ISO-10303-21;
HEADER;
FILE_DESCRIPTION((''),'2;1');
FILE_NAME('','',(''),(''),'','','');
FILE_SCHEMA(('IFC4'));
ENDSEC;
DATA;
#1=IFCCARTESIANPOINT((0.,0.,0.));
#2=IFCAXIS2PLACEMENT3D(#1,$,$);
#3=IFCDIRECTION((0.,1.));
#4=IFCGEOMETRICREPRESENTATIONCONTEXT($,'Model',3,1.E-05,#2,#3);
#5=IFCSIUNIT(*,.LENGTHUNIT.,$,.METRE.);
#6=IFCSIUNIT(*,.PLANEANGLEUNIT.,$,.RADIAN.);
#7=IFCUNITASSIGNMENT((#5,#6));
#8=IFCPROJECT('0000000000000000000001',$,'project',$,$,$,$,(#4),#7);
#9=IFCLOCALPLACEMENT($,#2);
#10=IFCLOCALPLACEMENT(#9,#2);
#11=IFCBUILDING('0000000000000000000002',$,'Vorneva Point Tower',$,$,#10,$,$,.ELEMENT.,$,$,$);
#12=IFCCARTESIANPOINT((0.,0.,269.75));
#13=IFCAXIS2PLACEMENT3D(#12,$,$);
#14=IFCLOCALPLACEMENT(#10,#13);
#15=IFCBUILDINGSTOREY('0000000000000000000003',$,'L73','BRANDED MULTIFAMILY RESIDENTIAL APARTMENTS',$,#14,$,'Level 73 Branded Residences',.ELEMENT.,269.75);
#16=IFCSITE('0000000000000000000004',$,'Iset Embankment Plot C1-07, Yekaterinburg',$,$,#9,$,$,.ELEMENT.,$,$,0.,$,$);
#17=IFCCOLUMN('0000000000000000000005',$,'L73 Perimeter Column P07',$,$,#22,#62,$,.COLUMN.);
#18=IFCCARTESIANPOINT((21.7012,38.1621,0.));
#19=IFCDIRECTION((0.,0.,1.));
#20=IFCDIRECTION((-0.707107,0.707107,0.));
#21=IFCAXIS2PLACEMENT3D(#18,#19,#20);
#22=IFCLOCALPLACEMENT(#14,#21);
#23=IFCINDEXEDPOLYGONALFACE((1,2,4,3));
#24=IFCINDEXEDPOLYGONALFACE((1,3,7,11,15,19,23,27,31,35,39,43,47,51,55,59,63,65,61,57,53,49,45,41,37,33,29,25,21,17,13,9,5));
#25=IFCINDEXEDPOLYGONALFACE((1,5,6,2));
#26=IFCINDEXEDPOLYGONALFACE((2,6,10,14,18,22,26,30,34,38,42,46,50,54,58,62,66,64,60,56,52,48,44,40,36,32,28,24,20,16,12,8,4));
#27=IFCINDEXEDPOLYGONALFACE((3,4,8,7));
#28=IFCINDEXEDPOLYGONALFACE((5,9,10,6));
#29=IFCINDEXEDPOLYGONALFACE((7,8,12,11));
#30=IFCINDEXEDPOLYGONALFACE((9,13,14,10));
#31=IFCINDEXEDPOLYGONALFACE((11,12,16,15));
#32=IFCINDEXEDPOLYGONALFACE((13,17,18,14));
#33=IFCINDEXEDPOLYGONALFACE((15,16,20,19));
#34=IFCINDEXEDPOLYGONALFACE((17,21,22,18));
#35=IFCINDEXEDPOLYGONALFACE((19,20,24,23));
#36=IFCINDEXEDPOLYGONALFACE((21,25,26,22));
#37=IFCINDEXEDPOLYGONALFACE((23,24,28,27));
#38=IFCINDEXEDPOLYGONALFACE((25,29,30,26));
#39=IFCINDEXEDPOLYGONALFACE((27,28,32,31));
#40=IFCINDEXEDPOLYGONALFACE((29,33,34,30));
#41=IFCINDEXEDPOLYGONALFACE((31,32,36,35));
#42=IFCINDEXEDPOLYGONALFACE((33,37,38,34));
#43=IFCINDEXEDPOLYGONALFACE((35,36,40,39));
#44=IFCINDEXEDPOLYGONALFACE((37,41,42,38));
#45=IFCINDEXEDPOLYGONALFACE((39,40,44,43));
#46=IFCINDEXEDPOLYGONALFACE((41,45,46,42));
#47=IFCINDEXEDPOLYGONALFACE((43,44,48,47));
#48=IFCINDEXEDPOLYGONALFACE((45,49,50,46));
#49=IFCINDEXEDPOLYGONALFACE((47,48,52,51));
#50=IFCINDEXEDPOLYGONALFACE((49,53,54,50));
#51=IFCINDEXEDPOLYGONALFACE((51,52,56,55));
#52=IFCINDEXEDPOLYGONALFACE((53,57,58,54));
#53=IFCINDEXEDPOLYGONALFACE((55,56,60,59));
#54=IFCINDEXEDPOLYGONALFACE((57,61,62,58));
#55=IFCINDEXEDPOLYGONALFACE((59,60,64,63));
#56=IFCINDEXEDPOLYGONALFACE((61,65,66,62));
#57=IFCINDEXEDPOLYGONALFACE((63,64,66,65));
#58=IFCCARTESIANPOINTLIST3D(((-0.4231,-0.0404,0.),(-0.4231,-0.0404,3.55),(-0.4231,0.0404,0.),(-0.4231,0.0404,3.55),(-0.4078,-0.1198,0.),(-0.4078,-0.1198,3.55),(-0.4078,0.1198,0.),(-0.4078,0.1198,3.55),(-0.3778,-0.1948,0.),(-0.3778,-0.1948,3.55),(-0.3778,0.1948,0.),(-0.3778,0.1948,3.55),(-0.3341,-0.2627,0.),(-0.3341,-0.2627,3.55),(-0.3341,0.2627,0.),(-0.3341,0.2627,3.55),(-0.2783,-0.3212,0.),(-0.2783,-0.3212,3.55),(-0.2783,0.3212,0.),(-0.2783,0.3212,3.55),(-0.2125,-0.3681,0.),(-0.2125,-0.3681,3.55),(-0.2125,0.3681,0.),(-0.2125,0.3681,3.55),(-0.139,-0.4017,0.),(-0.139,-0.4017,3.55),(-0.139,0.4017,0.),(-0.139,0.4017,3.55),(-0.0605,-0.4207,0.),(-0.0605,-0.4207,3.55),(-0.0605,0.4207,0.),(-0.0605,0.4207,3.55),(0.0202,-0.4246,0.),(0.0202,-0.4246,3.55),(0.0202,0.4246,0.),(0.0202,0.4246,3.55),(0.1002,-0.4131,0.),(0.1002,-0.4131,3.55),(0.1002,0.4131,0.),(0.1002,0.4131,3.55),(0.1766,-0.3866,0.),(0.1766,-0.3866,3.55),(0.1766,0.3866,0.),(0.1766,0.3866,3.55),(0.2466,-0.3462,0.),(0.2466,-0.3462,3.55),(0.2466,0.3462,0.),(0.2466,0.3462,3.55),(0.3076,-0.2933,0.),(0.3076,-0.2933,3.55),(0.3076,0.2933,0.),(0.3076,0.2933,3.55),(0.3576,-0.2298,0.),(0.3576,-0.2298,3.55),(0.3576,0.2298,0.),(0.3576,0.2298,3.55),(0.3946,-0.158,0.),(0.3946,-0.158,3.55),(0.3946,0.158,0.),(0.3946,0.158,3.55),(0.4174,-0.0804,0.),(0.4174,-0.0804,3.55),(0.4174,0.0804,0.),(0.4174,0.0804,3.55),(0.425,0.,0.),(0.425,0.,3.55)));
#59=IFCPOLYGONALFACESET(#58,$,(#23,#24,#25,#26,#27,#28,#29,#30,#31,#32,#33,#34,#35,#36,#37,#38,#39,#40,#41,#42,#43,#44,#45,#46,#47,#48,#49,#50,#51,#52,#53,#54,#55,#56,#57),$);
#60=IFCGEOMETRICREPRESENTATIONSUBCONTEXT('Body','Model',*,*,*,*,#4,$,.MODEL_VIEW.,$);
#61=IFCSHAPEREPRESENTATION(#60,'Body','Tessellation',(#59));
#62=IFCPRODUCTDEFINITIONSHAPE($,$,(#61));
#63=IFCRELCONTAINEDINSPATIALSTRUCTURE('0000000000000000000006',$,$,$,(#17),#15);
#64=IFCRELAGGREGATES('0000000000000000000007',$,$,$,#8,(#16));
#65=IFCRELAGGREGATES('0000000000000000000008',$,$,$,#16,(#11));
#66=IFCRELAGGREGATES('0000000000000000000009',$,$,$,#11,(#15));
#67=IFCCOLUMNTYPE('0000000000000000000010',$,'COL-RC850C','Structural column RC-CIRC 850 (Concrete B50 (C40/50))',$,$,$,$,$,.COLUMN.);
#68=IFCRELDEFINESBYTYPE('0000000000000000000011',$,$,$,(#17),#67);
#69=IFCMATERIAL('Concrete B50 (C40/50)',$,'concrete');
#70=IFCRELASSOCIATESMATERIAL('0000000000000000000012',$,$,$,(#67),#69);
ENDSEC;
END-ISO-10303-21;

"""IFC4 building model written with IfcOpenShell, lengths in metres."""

from ifc_helpers import new_model, si_unit, direction, frame, origin, origin_2d, place, context, subcontext, project, spatial, circle, extrude, material, material_profile, profile_set, type_object, element, save


model = new_model("IFC4")

# Units and contexts
model_context = context("Model", 3, precision=1e-05, world=origin(), true_north=direction((0.0, 1.0)))
body_context = subcontext(model_context, "Body", "Model", "MODEL_VIEW")
ifc_project = project(units=[si_unit("LENGTHUNIT", "METRE"), si_unit("PLANEANGLEUNIT", "RADIAN")], contexts=[model_context])

# Site, building, storey
site_placement = place(None, origin())
site = spatial("IfcSite", under=ifc_project, at=site_placement, Name="Iset Embankment Plot C1-07, Yekaterinburg", CompositionType="ELEMENT", RefElevation=0.0)
building_placement = place(site_placement, origin())
building = spatial("IfcBuilding", under=site, at=building_placement, Name="Vorneva Point Tower", CompositionType="ELEMENT")
storey_placement = place(building_placement, frame((0.0, 0.0, 269.75)))
storey = spatial("IfcBuildingStorey", under=building, at=storey_placement, Name="L73", Description="BRANDED MULTIFAMILY RESIDENTIAL APARTMENTS", LongName="Level 73 Branded Residences", CompositionType="ELEMENT", Elevation=269.75)

# Column
ifc_material_1 = material(Name="Concrete B50 (C40/50)", Category="concrete")
ifc_material_profile_1 = material_profile(ifc_material_1, circle(Radius=0.425, at=origin_2d()), Name="RC-CIRC 850")
ifc_profile_set_1 = profile_set([ifc_material_profile_1], Name="Concrete B50 (C40/50)")
column_type_1 = type_object("IfcColumnType", Name="COL-RC850C", Description="Structural column RC-CIRC 850 (Concrete B50 (C40/50))", PredefinedType="COLUMN", material=ifc_profile_set_1)
column_1_placement = place(storey_placement, frame((21.7012, 38.1621, 0.0), z_axis=(0.0, 0.0, 1.0), x_axis=(-0.707107, 0.707107, 0.0)))
element("IfcColumn", 1, at=column_1_placement, inside=storey, type_object=column_type_1, Name="L73 Perimeter Column P07", PredefinedType="COLUMN", context=body_context, shape_type="SweptSolid", body=[
    extrude(circle(Radius=0.425, at=origin_2d()), origin(), (0.0, 0.0, 1.0), 3.55),
])

save(model, "model.ifc")
